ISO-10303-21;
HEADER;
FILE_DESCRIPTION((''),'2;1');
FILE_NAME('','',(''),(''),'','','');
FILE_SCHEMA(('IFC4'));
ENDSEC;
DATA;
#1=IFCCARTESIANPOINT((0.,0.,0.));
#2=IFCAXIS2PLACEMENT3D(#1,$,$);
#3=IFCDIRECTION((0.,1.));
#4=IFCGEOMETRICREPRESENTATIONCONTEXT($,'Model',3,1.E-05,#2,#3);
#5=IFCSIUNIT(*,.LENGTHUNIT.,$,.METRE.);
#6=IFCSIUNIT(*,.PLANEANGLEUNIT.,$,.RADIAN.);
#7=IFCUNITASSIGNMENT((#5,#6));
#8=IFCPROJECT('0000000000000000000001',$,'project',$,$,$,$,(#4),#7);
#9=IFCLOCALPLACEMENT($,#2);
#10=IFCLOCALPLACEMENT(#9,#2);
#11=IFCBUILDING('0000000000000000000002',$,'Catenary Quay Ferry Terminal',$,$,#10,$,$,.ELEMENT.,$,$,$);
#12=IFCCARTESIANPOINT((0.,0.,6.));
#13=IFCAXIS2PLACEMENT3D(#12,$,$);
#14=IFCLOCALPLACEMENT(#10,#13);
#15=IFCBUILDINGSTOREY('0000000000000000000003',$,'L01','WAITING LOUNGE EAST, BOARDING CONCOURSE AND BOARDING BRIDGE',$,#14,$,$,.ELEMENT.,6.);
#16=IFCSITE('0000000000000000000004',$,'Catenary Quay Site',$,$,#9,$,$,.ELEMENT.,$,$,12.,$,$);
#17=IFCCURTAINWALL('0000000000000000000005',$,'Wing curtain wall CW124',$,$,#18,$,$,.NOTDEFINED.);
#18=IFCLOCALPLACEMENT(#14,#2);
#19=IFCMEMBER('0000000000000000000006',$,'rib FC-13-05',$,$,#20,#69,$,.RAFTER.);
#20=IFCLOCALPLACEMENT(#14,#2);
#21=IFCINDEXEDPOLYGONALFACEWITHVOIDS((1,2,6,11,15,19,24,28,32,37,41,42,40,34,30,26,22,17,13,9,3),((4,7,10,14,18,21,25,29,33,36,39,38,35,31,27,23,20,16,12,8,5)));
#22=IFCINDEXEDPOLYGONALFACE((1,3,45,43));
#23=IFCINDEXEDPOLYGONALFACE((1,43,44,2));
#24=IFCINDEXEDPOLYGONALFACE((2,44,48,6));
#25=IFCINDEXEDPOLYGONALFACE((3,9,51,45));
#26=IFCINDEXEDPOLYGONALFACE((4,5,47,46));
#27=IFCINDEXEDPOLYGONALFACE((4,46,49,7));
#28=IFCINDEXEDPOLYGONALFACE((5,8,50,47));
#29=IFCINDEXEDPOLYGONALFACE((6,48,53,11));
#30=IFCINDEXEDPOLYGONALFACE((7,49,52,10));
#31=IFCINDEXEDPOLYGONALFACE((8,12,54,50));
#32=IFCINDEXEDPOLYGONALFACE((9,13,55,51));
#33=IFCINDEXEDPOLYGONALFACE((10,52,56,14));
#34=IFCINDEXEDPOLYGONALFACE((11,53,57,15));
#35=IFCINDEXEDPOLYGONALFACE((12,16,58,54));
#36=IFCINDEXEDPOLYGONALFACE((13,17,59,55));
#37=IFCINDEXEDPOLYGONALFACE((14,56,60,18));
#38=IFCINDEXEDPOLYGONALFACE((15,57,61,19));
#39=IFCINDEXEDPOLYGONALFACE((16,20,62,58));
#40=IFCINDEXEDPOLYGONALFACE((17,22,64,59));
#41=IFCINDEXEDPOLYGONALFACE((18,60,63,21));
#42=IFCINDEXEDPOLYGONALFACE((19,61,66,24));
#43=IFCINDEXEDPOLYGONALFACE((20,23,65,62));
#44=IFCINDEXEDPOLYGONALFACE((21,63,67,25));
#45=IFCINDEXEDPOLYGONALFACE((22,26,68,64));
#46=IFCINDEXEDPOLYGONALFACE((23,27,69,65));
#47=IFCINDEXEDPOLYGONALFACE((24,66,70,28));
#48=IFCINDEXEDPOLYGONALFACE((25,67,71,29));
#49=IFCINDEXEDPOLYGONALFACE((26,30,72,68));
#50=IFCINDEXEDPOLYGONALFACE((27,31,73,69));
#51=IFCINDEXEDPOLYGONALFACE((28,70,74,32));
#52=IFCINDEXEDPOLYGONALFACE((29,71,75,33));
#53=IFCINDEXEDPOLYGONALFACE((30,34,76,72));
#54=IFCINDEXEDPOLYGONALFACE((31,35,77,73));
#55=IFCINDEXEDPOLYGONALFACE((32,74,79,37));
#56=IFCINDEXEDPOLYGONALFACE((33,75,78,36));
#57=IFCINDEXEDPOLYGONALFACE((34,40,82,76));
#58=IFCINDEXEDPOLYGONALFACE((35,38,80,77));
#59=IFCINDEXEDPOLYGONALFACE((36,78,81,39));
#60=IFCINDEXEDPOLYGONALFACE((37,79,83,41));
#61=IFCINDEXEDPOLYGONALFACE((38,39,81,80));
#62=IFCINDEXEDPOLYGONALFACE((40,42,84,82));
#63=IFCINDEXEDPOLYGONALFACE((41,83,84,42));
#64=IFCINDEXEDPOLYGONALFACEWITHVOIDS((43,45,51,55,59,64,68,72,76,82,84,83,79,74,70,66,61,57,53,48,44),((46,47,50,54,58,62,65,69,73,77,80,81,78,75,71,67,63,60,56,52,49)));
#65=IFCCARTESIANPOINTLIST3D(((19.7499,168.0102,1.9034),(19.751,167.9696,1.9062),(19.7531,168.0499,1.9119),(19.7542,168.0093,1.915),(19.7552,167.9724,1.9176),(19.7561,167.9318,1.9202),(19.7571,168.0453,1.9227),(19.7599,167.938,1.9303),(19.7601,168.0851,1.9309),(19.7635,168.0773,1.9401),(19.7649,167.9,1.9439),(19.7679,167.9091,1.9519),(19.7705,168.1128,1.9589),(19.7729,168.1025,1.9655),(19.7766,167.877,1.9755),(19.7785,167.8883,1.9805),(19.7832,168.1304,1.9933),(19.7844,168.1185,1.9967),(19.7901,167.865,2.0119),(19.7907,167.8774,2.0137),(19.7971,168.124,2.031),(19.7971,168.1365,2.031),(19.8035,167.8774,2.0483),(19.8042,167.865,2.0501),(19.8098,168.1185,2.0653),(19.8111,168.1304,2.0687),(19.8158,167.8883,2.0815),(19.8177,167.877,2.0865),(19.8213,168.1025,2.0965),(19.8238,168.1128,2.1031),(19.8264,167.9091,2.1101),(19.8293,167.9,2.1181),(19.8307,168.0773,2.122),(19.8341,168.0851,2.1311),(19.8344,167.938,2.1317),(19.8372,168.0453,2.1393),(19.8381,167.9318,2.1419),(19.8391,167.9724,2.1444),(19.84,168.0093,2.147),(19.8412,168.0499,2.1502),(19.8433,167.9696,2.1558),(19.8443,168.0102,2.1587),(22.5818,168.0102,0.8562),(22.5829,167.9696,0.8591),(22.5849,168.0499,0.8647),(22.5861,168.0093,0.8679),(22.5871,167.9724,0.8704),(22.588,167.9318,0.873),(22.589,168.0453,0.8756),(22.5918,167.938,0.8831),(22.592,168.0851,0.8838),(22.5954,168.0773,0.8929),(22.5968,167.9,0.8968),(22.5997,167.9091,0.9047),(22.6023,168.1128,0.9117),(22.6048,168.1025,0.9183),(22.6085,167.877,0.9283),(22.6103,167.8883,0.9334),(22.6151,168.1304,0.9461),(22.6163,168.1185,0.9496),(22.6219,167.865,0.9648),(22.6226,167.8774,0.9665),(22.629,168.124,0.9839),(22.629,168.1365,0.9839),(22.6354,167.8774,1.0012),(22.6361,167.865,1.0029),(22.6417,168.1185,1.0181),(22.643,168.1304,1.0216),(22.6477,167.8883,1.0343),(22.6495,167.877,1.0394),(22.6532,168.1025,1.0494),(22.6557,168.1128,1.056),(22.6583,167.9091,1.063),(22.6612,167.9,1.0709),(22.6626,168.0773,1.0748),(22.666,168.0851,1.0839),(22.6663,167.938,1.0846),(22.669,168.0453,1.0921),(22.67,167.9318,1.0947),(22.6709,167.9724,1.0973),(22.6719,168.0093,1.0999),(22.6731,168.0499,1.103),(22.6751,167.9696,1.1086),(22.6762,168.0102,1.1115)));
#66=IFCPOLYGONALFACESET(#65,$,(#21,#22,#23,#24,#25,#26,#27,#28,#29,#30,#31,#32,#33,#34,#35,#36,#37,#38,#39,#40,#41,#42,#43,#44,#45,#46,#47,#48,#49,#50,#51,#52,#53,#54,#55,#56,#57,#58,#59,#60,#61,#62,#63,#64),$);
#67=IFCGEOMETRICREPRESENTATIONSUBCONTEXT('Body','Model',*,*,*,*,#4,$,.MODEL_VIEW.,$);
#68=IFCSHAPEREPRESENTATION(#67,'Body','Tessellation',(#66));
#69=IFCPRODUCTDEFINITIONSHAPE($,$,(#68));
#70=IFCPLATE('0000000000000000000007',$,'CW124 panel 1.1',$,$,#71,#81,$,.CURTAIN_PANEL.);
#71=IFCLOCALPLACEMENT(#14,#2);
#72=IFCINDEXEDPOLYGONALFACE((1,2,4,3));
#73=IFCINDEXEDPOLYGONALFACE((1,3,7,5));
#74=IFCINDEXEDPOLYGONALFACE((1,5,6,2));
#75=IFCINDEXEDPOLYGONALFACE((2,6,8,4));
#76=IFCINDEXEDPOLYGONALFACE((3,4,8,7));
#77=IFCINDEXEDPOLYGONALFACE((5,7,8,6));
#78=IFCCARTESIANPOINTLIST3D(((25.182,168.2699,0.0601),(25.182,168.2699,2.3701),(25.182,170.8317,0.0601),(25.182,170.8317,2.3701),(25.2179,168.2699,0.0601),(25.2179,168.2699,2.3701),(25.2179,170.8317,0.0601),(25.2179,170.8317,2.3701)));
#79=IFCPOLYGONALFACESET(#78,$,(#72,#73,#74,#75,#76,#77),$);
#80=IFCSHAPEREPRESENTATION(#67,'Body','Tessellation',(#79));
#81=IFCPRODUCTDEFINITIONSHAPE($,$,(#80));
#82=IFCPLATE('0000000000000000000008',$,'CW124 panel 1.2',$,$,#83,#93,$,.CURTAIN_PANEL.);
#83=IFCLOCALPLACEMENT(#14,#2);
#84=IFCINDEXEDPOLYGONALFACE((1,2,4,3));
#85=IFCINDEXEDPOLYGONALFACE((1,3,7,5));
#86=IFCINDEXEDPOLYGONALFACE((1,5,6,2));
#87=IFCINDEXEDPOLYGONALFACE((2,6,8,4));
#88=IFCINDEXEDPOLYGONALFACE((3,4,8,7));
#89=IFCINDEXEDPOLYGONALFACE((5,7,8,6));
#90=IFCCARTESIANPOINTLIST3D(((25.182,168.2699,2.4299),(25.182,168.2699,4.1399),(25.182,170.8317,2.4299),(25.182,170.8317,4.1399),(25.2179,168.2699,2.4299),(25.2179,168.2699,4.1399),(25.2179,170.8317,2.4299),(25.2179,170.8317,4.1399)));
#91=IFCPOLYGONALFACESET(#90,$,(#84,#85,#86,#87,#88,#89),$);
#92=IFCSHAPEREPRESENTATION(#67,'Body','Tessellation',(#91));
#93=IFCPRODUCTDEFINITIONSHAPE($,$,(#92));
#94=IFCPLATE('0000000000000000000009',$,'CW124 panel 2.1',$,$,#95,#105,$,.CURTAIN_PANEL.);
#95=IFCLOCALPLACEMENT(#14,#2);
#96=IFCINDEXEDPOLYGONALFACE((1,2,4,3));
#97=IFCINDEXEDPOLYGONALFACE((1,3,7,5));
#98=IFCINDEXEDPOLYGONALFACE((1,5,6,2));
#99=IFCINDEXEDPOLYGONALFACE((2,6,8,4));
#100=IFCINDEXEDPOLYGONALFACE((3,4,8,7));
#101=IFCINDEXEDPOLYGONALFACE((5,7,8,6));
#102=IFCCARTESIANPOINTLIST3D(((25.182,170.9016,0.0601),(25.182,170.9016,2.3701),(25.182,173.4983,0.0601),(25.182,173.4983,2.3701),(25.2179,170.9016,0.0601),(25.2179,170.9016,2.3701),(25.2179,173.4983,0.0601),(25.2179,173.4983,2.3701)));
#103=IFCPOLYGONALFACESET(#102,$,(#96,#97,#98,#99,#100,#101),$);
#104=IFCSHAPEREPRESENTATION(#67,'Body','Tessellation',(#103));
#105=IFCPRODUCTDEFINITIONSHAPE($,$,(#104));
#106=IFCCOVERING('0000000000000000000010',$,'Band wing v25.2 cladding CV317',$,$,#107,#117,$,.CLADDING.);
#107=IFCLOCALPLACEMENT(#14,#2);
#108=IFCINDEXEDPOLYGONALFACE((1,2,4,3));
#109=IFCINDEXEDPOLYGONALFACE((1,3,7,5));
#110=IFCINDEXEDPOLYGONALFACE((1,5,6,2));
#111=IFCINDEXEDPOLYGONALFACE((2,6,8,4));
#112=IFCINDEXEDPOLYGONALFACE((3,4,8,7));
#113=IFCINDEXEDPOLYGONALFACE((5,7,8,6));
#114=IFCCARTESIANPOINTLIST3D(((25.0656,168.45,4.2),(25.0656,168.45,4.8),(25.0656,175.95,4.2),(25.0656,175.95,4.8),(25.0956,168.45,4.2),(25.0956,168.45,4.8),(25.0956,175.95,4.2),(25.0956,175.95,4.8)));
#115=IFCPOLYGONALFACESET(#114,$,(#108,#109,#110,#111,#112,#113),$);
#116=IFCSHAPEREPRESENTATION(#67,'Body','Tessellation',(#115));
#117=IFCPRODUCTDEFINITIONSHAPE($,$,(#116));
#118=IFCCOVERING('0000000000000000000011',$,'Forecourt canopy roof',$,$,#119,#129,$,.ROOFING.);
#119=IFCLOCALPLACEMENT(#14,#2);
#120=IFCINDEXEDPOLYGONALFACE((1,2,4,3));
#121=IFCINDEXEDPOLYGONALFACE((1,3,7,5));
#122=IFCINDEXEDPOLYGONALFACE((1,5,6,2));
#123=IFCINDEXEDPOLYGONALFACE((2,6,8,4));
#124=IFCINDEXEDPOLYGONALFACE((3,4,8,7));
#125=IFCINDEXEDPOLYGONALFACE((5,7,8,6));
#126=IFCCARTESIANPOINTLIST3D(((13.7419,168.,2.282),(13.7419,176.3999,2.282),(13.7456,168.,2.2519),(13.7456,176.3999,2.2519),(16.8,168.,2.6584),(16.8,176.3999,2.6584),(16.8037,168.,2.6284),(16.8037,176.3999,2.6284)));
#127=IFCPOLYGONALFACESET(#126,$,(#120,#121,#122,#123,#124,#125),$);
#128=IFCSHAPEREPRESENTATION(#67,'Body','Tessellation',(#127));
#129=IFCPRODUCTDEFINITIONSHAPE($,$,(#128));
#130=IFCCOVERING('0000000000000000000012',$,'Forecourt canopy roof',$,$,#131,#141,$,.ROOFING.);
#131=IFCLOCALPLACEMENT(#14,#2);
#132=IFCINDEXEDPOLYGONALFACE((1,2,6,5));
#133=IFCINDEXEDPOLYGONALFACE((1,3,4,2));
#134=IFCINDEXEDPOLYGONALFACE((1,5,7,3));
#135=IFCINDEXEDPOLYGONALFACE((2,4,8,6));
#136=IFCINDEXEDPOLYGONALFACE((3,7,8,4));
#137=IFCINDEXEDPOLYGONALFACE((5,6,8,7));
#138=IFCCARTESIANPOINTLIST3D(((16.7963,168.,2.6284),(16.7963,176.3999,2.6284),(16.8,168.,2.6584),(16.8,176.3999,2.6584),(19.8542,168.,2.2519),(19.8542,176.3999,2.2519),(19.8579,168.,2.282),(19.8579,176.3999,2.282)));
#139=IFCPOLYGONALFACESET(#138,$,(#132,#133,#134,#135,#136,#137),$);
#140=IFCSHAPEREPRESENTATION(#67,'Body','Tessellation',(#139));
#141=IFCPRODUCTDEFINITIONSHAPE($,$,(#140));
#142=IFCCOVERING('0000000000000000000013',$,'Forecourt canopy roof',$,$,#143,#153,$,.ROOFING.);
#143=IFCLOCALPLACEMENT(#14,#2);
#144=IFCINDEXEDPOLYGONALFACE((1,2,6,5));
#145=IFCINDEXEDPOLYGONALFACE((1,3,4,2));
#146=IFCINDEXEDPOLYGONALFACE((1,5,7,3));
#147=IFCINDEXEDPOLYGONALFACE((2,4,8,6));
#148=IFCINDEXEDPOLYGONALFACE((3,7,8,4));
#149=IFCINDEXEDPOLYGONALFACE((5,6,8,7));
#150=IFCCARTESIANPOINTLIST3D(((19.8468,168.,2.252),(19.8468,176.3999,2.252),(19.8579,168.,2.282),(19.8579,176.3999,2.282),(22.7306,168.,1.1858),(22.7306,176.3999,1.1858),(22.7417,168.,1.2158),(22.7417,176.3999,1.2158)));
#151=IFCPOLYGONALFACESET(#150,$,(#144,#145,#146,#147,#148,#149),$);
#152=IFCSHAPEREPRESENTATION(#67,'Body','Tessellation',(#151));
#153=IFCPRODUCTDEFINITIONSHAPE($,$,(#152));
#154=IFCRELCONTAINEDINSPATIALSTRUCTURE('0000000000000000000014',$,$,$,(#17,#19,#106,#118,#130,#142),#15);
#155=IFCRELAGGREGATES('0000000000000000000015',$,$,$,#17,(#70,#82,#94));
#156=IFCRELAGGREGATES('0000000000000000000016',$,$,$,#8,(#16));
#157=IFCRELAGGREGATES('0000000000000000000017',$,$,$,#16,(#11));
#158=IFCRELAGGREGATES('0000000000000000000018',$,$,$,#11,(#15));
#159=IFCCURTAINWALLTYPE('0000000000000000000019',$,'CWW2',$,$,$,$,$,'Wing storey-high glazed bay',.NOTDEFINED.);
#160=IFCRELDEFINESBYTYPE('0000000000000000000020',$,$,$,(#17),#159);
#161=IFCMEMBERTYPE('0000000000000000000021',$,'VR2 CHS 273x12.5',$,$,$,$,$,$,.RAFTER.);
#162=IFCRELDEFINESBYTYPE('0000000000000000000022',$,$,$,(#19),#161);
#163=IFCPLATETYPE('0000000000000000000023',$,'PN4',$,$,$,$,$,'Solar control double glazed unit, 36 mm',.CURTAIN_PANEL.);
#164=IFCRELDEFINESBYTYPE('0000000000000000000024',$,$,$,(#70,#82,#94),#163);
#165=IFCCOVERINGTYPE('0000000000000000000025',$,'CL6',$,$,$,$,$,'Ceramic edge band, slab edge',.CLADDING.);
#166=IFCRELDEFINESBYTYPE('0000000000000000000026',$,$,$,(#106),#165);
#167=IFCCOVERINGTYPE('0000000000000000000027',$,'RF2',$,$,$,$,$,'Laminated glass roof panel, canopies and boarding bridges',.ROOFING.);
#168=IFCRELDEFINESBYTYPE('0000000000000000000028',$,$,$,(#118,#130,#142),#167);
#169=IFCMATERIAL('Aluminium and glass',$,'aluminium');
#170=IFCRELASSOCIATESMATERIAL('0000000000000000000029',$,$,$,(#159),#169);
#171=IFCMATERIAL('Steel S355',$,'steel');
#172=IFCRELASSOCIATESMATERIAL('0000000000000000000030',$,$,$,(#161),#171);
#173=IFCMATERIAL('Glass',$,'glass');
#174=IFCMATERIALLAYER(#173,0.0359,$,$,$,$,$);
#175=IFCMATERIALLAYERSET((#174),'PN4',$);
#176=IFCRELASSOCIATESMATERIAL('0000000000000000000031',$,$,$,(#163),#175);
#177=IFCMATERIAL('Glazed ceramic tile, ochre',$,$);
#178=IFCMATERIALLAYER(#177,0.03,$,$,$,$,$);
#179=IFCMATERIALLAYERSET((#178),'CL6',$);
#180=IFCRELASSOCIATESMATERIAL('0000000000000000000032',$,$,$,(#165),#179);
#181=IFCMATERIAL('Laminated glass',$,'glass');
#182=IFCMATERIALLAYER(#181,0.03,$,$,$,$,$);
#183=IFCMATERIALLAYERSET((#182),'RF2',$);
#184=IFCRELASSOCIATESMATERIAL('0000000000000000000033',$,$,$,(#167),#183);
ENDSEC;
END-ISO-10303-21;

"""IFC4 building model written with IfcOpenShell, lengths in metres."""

from ifc_helpers import new_model, si_unit, direction, frame, origin, origin_2d, place, context, subcontext, project, spatial, polyline, rectangle, hollow_circle, outline, extrude, material, layer, layer_set, material_profile, profile_set, type_object, element, aggregate, save


model = new_model("IFC4")

# Units and contexts
model_context = context("Model", 3, precision=1e-05, world=origin(), true_north=direction((0.0, 1.0)))
body_context = subcontext(model_context, "Body", "Model", "MODEL_VIEW")
ifc_project = project(units=[si_unit("LENGTHUNIT", "METRE"), si_unit("PLANEANGLEUNIT", "RADIAN")], contexts=[model_context])

# Site, building, storey
site_placement = place(None, origin())
site = spatial("IfcSite", under=ifc_project, at=site_placement, Name="Catenary Quay Site", CompositionType="ELEMENT", RefElevation=12.0)
building_placement = place(site_placement, origin())
building = spatial("IfcBuilding", under=site, at=building_placement, Name="Catenary Quay Ferry Terminal", CompositionType="ELEMENT")
storey_placement = place(building_placement, frame((0.0, 0.0, 6.0)))
storey = spatial("IfcBuildingStorey", under=building, at=storey_placement, Name="L01", Description="WAITING LOUNGE EAST, BOARDING CONCOURSE AND BOARDING BRIDGE", CompositionType="ELEMENT", Elevation=6.0)

# Curtain wall
ifc_material_1 = material(Name="Aluminium and glass", Category="aluminium")
curtain_wall_type = type_object("IfcCurtainWallType", Name="CWW2", ElementType="Wing storey-high glazed bay", PredefinedType="NOTDEFINED", material=ifc_material_1)
curtain_wall_placement = place(storey_placement, origin())
curtain_wall = element("IfcCurtainWall", 1, at=curtain_wall_placement, inside=storey, type_object=curtain_wall_type, Name="Wing curtain wall CW124", PredefinedType="NOTDEFINED")

# Member
ifc_material_2 = material(Name="Steel S355", Category="steel")
ifc_material_profile_1 = material_profile(ifc_material_2, hollow_circle(Radius=0.1365, WallThickness=0.0125, at=origin_2d()), Name="CHS 273x12.5")
ifc_profile_set_1 = profile_set([ifc_material_profile_1], Name="Steel S355")
member_type_1 = type_object("IfcMemberType", Name="VR2 CHS 273x12.5", PredefinedType="RAFTER", material=ifc_profile_set_1)
member_1_placement = place(storey_placement, frame((19.7971, 168.0, 2.031), z_axis=(0.937931, 0.0, -0.346822), x_axis=(0.0, 1.0, 0.0)))
element("IfcMember", 2, at=member_1_placement, inside=storey, type_object=member_type_1, Name="rib FC-13-05", PredefinedType="RAFTER", context=body_context, shape_type="SweptSolid", body=[
    extrude(hollow_circle(Radius=0.1365, WallThickness=0.0125, at=origin_2d()), origin(), (0.0, 0.0, 1.0), 3.0193),
])

# Plates
ifc_material_3 = material(Name="Glass", Category="glass")
ifc_layer_1 = layer(ifc_material_3, 0.0359)
ifc_layer_set_1 = layer_set([ifc_layer_1], Name="PN4")
plate_type = type_object("IfcPlateType", Name="PN4", ElementType="Solar control double glazed unit, 36 mm", PredefinedType="CURTAIN_PANEL", material=ifc_layer_set_1)
plate_1_placement = place(storey_placement, frame((25.2, 169.5508, 0.0601), z_axis=(0.0, 0.0, 1.0), x_axis=(0.0, 1.0, 0.0)))
plate_1 = element("IfcPlate", 3, at=plate_1_placement, type_object=plate_type, Name="CW124 panel 1.1", PredefinedType="CURTAIN_PANEL", context=body_context, shape_type="SweptSolid", body=[
    extrude(rectangle(XDim=2.5618, YDim=0.0359, at=origin_2d()), origin(), (0.0, 0.0, 1.0), 2.3101),
])
plate_2_placement = place(storey_placement, frame((25.2, 169.5508, 2.4299), z_axis=(0.0, 0.0, 1.0), x_axis=(0.0, 1.0, 0.0)))
plate_2 = element("IfcPlate", 4, at=plate_2_placement, type_object=plate_type, Name="CW124 panel 1.2", PredefinedType="CURTAIN_PANEL", context=body_context, shape_type="SweptSolid", body=[
    extrude(rectangle(XDim=2.5618, YDim=0.0359, at=origin_2d()), origin(), (0.0, 0.0, 1.0), 1.71),
])
plate_3_placement = place(storey_placement, frame((25.2, 172.2, 0.0601), z_axis=(0.0, 0.0, 1.0), x_axis=(0.0, 1.0, 0.0)))
plate_3 = element("IfcPlate", 5, at=plate_3_placement, type_object=plate_type, Name="CW124 panel 2.1", PredefinedType="CURTAIN_PANEL", context=body_context, shape_type="SweptSolid", body=[
    extrude(rectangle(XDim=2.5967, YDim=0.0359, at=origin_2d()), origin(), (0.0, 0.0, 1.0), 2.3101),
])
aggregate(curtain_wall, [plate_1, plate_2, plate_3])

# Coverings
ifc_material_4 = material(Name="Glazed ceramic tile, ochre")
ifc_layer_2 = layer(ifc_material_4, 0.03)
ifc_layer_set_2 = layer_set([ifc_layer_2], Name="CL6")
covering_type_1 = type_object("IfcCoveringType", Name="CL6", ElementType="Ceramic edge band, slab edge", PredefinedType="CLADDING", material=ifc_layer_set_2)
covering_1_placement = place(storey_placement, frame((25.0806, 172.2, 4.2), z_axis=(0.0, 0.0, 1.0), x_axis=(1.0, 0.0, 0.0)))
element("IfcCovering", 6, at=covering_1_placement, inside=storey, type_object=covering_type_1, Name="Band wing v25.2 cladding CV317", PredefinedType="CLADDING", context=body_context, shape_type="SweptSolid", body=[
    extrude(rectangle(XDim=0.03, YDim=7.5, at=origin_2d()), origin(), (0.0, 0.0, 1.0), 0.6001),
])
ifc_material_5 = material(Name="Laminated glass", Category="glass")
ifc_layer_3 = layer(ifc_material_5, 0.03)
ifc_layer_set_3 = layer_set([ifc_layer_3], Name="RF2")
covering_type_2 = type_object("IfcCoveringType", Name="RF2", ElementType="Laminated glass roof panel, canopies and boarding bridges", PredefinedType="ROOFING", material=ifc_layer_set_3)
covering_2_placement = place(storey_placement, frame((13.7419, 168.0, 2.282), z_axis=(-0.122182, 0.0, 0.992508), x_axis=(0.0, 1.0, 0.0)))
element("IfcCovering", 7, at=covering_2_placement, inside=storey, type_object=covering_type_2, Name="Forecourt canopy roof", PredefinedType="ROOFING", context=body_context, shape_type="SweptSolid", body=[
    extrude(outline(polyline([(0.0, 0.0), (8.3999, 0.0), (8.3999, -3.0812), (0.0, -3.0812), (0.0, 0.0)])), origin(), (0.0, 0.0, -1.0), 0.0303),
])
covering_3_placement = place(storey_placement, frame((16.8, 168.0, 2.6584), z_axis=(0.122191, 0.0, 0.992507), x_axis=(0.0, 1.0, 0.0)))
element("IfcCovering", 8, at=covering_3_placement, inside=storey, type_object=covering_type_2, Name="Forecourt canopy roof", PredefinedType="ROOFING", context=body_context, shape_type="SweptSolid", body=[
    extrude(outline(polyline([(0.0, 0.0), (8.3999, 0.0), (8.3999, -3.0809), (0.0, -3.0809), (0.0, 0.0)])), origin(), (0.0, 0.0, -1.0), 0.0303),
])
covering_4_placement = place(storey_placement, frame((19.8579, 168.0, 2.282), z_axis=(0.346769, 0.0, 0.937951), x_axis=(0.0, 1.0, 0.0)))
element("IfcCovering", 9, at=covering_4_placement, inside=storey, type_object=covering_type_2, Name="Forecourt canopy roof", PredefinedType="ROOFING", context=body_context, shape_type="SweptSolid", body=[
    extrude(outline(polyline([(0.0, 0.0), (8.3999, 0.0), (8.3999, -3.0746), (0.0, -3.0746), (0.0, 0.0)])), origin(), (0.0, 0.0, -1.0), 0.032),
])

save(model, "model.ifc")
